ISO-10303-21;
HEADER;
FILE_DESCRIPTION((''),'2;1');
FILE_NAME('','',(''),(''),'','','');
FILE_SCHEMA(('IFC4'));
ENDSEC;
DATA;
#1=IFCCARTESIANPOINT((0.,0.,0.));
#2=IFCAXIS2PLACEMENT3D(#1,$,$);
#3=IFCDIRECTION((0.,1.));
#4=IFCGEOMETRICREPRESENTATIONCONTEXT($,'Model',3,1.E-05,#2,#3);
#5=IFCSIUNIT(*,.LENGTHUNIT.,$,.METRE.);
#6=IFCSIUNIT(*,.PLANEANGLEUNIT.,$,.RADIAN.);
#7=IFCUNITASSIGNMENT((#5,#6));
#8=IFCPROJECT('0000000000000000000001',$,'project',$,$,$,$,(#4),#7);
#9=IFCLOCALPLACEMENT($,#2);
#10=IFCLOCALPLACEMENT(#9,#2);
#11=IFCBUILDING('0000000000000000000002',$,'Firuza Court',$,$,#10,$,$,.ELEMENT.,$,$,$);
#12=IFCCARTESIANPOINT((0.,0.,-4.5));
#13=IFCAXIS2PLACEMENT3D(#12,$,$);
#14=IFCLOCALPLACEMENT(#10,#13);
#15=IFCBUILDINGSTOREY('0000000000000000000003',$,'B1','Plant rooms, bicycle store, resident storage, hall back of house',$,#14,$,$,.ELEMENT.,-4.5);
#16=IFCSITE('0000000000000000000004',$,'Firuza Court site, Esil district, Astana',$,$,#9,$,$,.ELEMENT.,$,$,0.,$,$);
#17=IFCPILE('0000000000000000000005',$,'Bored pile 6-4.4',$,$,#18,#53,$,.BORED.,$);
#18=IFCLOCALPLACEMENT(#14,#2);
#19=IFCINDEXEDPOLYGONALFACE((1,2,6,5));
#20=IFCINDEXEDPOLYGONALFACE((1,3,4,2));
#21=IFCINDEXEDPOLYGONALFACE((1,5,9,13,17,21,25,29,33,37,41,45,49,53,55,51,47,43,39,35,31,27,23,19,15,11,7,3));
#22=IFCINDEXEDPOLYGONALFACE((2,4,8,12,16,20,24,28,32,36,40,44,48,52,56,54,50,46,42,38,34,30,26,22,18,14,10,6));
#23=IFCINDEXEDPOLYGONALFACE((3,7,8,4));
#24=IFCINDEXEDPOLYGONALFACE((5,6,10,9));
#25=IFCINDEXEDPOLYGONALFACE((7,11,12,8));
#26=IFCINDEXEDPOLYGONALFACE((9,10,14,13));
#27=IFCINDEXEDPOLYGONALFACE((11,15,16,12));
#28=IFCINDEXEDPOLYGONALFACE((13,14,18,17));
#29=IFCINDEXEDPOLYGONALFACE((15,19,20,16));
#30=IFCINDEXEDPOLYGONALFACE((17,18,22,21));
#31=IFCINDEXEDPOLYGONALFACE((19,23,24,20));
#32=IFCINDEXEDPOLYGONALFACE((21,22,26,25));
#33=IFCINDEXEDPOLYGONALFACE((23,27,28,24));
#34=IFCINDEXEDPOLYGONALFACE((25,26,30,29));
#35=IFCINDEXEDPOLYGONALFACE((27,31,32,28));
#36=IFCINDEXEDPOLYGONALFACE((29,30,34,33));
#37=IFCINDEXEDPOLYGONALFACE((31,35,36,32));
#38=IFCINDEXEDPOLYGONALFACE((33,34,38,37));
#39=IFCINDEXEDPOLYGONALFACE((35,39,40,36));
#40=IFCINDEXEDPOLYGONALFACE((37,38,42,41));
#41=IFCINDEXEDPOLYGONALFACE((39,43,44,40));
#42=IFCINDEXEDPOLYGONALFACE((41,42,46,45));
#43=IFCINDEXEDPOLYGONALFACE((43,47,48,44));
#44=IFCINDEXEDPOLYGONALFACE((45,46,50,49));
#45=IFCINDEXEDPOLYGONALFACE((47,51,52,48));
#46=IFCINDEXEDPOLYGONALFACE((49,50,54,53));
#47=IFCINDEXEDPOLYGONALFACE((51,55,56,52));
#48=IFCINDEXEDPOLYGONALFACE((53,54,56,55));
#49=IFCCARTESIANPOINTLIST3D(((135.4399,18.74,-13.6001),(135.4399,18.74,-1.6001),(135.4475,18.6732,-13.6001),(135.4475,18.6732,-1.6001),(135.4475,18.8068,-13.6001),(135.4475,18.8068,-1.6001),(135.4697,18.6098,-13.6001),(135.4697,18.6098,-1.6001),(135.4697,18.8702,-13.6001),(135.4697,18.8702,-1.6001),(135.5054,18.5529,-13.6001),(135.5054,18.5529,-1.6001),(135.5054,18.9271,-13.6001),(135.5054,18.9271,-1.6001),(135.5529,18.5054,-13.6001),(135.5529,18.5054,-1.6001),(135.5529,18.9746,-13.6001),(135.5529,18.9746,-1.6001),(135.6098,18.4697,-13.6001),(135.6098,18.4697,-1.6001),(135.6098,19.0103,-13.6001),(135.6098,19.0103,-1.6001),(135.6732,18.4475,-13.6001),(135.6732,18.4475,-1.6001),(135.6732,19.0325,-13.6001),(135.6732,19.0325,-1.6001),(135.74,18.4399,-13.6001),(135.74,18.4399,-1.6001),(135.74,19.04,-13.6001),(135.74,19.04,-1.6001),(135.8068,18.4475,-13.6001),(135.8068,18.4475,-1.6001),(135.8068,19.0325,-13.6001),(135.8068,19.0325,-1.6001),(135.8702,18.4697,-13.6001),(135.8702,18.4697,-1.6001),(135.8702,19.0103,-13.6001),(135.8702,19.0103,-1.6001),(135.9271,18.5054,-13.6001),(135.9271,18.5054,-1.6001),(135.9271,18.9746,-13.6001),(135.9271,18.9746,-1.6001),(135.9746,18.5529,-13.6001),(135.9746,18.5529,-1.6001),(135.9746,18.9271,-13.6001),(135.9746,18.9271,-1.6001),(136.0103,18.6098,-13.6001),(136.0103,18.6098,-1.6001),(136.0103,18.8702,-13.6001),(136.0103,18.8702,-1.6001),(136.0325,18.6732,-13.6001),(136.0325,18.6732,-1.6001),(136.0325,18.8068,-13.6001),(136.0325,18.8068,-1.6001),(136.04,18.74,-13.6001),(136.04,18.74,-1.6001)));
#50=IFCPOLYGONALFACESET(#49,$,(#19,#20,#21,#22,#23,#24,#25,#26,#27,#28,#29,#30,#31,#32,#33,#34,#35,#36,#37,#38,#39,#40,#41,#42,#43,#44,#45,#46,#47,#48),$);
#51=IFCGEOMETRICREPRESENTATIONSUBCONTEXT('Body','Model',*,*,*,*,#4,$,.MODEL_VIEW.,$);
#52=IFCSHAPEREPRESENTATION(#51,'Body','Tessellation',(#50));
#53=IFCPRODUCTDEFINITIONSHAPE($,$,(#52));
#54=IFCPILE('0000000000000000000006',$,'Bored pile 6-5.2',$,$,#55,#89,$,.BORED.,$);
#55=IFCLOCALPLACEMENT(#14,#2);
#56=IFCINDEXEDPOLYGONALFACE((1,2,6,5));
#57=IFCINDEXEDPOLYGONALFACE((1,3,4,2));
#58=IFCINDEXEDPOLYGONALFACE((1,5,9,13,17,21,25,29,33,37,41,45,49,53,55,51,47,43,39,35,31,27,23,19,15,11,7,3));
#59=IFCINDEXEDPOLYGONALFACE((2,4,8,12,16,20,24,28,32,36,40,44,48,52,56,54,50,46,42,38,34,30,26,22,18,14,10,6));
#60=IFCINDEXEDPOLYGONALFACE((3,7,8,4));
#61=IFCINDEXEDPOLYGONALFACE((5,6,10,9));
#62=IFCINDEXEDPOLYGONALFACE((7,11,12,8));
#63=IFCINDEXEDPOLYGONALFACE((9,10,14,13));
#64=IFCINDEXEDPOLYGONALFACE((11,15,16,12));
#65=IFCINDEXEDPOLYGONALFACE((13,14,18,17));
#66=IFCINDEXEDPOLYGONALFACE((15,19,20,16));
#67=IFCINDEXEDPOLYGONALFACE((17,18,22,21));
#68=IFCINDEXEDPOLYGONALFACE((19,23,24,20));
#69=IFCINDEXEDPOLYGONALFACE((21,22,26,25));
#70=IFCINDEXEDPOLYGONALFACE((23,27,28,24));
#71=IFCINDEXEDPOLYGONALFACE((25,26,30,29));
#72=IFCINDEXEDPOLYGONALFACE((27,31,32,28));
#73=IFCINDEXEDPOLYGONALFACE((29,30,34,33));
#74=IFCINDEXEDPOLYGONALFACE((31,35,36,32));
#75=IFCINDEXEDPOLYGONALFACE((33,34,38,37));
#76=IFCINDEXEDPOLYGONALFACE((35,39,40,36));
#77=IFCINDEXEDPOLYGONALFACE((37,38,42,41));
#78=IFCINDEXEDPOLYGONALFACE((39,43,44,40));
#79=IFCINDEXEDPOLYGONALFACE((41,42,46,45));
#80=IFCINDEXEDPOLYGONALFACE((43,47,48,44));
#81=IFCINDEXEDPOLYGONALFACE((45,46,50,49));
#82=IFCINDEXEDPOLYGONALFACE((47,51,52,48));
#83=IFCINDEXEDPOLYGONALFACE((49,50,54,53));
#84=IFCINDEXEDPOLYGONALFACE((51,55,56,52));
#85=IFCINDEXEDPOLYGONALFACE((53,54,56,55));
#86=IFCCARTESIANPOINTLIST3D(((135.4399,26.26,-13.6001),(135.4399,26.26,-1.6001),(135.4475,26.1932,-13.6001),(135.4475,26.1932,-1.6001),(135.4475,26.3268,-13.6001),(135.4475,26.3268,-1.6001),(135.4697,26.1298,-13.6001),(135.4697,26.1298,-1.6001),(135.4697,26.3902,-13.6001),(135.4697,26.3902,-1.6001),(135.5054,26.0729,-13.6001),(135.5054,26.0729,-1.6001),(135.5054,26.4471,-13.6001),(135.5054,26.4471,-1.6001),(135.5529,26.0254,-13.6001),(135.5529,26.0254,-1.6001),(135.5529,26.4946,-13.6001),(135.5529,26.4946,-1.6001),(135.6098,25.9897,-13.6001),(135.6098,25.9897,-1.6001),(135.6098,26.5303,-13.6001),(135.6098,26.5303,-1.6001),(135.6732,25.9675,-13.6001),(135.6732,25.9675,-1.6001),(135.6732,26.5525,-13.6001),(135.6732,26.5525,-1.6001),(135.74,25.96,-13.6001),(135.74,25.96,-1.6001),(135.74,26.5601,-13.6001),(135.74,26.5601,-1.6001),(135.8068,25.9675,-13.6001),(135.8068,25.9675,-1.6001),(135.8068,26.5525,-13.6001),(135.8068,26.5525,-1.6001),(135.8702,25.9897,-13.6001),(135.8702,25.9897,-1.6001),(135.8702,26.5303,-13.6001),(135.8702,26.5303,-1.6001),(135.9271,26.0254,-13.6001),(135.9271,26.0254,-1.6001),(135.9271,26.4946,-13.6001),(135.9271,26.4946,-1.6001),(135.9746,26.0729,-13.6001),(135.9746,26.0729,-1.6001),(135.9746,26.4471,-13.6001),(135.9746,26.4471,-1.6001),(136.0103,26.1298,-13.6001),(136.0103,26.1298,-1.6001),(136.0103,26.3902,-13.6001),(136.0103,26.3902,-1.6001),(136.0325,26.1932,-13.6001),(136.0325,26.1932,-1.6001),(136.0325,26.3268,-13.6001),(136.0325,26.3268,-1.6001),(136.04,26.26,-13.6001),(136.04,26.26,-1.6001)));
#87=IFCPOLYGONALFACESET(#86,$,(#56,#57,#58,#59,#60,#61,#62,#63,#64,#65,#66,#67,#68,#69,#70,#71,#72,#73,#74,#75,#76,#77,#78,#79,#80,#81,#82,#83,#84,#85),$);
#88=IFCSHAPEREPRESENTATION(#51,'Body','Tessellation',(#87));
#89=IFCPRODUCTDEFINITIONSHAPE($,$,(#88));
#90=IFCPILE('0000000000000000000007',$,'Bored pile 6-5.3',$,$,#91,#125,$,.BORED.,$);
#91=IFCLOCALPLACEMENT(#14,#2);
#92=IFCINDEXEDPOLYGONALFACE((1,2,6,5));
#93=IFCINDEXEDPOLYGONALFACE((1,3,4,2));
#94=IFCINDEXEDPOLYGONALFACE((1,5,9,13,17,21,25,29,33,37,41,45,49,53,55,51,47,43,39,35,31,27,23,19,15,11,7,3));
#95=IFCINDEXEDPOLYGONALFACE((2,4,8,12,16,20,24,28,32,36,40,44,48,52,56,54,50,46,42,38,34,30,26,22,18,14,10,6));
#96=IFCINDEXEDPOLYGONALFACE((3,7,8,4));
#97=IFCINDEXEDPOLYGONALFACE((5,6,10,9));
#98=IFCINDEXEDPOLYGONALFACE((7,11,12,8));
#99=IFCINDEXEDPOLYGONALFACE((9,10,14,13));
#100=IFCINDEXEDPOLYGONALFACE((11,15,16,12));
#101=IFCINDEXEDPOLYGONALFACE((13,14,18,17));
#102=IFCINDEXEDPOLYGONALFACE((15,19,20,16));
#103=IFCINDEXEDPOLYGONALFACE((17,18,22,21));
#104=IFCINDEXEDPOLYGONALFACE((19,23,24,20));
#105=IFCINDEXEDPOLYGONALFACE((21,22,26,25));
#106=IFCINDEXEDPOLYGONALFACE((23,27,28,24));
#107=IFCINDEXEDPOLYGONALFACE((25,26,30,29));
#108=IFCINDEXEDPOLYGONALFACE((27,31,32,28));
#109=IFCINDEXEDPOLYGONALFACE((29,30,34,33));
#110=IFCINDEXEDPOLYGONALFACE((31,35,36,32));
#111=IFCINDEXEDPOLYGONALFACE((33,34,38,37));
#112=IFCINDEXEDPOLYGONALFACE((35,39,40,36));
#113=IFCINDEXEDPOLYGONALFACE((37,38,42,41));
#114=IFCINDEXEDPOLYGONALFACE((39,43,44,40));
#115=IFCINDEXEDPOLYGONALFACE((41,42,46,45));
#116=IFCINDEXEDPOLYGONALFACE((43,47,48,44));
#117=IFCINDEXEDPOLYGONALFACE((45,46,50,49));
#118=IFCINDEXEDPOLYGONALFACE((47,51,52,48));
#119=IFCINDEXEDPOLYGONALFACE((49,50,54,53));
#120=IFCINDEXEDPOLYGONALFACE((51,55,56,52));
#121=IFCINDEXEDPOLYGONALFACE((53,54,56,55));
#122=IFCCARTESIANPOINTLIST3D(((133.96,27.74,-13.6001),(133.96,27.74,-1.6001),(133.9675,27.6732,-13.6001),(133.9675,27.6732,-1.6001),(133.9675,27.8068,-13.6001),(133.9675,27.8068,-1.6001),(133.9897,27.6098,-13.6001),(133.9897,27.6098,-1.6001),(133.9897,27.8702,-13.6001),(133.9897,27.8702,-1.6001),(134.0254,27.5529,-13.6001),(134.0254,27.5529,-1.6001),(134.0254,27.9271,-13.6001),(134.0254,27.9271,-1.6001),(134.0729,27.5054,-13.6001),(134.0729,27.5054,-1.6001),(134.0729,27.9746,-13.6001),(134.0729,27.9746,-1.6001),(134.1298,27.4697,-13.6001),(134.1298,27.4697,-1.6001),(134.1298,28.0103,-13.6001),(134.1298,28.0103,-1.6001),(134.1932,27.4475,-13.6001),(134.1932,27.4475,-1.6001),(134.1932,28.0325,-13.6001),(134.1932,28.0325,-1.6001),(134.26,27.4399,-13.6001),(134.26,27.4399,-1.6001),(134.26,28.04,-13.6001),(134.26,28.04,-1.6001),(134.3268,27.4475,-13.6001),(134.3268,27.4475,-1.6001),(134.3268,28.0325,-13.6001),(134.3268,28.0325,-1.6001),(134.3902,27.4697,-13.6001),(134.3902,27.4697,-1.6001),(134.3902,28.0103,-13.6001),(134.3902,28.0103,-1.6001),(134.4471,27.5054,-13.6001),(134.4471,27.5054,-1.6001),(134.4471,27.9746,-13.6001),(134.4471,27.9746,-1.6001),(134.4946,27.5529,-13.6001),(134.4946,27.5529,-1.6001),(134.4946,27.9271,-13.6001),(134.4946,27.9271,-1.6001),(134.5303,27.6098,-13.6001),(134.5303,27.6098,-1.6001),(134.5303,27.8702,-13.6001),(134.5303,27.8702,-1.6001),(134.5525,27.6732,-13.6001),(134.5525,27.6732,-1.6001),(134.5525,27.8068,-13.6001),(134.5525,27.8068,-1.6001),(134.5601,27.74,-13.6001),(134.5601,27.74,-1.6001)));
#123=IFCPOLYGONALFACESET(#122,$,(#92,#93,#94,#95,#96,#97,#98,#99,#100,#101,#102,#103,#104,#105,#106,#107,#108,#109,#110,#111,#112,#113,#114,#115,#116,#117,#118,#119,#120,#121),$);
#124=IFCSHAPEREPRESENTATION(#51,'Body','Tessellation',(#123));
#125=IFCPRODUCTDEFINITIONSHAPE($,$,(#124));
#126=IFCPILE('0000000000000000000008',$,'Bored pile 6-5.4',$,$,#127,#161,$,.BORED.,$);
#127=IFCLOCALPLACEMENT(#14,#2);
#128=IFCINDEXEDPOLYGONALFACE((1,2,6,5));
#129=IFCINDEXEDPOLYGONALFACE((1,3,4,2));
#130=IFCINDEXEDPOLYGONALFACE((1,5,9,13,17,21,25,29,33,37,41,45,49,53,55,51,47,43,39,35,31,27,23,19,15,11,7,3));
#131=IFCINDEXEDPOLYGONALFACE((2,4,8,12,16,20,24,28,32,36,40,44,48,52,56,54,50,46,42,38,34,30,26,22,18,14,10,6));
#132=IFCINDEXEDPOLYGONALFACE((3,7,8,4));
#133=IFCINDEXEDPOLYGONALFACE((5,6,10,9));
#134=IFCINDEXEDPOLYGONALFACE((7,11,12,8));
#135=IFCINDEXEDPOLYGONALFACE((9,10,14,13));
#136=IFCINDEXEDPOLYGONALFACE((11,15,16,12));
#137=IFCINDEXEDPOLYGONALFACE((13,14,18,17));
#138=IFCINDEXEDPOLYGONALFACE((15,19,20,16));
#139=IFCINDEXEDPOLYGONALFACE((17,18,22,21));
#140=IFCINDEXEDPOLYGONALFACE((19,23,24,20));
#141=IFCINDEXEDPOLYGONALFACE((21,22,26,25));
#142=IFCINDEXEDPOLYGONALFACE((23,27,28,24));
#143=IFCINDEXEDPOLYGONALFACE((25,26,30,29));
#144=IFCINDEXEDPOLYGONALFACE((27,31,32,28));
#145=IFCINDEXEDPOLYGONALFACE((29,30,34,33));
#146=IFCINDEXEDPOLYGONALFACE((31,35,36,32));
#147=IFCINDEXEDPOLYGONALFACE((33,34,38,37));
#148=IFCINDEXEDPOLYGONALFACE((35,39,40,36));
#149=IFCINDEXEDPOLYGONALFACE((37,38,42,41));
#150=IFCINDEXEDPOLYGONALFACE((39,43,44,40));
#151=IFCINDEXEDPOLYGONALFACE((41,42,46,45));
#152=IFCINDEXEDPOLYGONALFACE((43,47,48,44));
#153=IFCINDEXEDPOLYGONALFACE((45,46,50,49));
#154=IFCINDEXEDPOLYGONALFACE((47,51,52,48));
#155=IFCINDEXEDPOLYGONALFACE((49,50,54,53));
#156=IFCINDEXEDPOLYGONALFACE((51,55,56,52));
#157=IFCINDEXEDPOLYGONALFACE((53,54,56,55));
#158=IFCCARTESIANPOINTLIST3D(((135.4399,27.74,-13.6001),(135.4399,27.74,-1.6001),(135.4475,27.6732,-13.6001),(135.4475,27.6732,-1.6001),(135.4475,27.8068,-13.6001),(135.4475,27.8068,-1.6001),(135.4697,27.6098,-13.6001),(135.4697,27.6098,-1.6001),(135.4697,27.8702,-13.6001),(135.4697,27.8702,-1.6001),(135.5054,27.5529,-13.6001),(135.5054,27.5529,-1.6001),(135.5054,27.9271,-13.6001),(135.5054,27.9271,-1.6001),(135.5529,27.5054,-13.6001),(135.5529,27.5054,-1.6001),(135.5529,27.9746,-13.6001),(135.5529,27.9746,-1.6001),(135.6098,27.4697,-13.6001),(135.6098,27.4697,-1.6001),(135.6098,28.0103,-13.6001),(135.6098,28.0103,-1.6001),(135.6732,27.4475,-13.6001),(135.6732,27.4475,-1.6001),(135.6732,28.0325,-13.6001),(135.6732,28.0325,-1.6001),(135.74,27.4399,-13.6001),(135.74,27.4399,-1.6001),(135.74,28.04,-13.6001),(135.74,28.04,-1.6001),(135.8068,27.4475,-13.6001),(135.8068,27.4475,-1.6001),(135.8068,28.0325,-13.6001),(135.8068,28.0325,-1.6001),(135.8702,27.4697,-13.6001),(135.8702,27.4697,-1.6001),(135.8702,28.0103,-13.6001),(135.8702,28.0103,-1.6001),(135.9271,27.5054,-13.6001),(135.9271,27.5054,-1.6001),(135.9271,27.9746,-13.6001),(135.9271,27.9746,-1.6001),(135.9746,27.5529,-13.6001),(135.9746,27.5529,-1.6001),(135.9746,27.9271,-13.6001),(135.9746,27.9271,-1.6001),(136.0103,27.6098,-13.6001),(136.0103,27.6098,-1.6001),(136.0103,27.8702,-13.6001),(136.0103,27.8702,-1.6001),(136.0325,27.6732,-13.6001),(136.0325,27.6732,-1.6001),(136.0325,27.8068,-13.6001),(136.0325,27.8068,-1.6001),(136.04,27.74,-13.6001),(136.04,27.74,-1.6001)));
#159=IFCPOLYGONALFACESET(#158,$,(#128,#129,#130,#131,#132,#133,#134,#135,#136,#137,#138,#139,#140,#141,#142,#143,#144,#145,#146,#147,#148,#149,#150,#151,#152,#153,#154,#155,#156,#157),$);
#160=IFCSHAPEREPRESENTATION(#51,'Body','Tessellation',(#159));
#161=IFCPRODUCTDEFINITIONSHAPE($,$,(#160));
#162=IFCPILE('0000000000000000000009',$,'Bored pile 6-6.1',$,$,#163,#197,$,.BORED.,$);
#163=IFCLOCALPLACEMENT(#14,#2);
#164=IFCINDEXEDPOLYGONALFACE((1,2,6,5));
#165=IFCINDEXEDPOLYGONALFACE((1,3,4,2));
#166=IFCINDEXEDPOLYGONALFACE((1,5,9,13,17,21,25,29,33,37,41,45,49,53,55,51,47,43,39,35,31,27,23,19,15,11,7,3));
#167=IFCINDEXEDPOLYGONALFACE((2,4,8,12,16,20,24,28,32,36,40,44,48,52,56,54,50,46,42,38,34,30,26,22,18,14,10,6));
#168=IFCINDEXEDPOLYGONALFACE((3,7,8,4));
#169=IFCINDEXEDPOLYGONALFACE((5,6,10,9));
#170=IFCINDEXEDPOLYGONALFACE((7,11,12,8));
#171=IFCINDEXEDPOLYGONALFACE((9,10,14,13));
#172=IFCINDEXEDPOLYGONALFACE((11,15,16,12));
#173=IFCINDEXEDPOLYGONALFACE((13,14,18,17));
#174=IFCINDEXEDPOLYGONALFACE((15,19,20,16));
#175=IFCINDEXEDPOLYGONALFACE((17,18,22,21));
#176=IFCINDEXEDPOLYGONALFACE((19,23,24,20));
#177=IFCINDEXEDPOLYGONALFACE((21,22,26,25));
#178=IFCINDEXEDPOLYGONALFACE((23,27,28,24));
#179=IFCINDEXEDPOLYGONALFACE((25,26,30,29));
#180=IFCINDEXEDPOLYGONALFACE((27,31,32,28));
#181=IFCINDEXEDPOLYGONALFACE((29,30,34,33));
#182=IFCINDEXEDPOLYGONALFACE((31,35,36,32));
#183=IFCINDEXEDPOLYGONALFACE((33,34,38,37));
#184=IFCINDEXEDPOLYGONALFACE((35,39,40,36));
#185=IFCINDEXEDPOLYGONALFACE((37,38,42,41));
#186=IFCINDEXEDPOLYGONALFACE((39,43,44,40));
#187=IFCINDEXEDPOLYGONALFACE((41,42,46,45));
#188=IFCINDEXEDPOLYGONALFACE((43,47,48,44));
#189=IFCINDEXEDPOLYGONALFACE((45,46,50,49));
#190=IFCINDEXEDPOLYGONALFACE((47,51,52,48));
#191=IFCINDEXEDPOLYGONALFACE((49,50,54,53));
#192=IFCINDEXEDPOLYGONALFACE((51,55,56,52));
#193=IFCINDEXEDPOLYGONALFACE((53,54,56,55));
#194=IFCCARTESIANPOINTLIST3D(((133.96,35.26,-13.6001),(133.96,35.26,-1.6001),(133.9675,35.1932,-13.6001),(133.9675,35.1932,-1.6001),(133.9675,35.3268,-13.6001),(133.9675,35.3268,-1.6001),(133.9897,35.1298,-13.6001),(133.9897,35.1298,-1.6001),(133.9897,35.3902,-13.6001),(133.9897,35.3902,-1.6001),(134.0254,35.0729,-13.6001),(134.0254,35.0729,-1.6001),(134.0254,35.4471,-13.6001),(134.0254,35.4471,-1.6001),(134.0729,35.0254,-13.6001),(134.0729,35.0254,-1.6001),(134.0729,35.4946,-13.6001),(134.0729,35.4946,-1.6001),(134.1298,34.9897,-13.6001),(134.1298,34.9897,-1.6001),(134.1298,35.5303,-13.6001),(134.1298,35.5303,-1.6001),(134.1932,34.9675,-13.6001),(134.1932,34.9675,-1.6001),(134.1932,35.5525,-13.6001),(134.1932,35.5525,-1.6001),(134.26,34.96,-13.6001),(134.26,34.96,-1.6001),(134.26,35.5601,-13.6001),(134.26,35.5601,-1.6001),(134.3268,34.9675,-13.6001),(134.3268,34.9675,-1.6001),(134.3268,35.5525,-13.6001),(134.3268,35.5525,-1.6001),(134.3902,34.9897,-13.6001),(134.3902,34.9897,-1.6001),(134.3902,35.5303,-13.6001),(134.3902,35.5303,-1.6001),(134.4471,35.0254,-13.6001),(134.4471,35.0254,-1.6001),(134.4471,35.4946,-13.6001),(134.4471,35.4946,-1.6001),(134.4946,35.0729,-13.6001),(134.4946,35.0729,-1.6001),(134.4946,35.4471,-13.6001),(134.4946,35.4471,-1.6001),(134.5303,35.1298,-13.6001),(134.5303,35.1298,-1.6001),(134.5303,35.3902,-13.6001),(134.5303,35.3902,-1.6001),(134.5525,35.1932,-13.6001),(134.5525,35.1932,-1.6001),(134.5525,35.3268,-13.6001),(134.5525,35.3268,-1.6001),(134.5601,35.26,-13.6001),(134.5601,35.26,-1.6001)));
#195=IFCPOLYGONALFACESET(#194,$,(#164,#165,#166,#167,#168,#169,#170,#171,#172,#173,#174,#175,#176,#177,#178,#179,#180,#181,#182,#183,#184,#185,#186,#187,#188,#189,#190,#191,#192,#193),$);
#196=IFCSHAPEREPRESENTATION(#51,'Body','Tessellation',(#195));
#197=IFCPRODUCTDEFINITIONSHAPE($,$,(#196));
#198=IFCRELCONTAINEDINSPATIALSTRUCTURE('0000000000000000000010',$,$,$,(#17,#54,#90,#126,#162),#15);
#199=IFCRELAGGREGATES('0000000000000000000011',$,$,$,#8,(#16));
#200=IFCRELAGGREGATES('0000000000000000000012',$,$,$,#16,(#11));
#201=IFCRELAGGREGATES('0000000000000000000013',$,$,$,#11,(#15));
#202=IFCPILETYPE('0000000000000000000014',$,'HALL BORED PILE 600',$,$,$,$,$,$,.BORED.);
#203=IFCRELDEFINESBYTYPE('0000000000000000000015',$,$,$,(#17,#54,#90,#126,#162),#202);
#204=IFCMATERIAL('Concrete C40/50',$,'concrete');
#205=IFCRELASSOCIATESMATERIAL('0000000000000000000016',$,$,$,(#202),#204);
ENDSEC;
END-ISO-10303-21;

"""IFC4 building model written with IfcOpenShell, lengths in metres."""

from ifc_helpers import new_model, si_unit, direction, frame, origin, origin_2d, place, context, subcontext, project, spatial, circle, extrude, material, material_profile, profile_set, type_object, element, save


model = new_model("IFC4")

# Units and contexts
model_context = context("Model", 3, precision=1e-05, world=origin(), true_north=direction((0.0, 1.0)))
body_context = subcontext(model_context, "Body", "Model", "MODEL_VIEW")
ifc_project = project(units=[si_unit("LENGTHUNIT", "METRE"), si_unit("PLANEANGLEUNIT", "RADIAN")], contexts=[model_context])

# Site, building, storey
site_placement = place(None, origin())
site = spatial("IfcSite", under=ifc_project, at=site_placement, Name="Firuza Court site, Esil district, Astana", CompositionType="ELEMENT", RefElevation=0.0)
building_placement = place(site_placement, origin())
building = spatial("IfcBuilding", under=site, at=building_placement, Name="Firuza Court", CompositionType="ELEMENT")
storey_placement = place(building_placement, frame((0.0, 0.0, -4.5)))
storey = spatial("IfcBuildingStorey", under=building, at=storey_placement, Name="B1", Description="Plant rooms, bicycle store, resident storage, hall back of house", CompositionType="ELEMENT", Elevation=-4.5)

# Piles
ifc_material_1 = material(Name="Concrete C40/50", Category="concrete")
ifc_material_profile_1 = material_profile(ifc_material_1, circle(Radius=0.3, at=origin_2d()), Name="PILE 600")
ifc_profile_set_1 = profile_set([ifc_material_profile_1], Name="Concrete C40/50")
pile_type = type_object("IfcPileType", Name="HALL BORED PILE 600", PredefinedType="BORED", material=ifc_profile_set_1)
for number, where, z_axis, x_axis, name in (
    (1, (135.74, 18.74, -1.6001), (0.0, 0.0, -1.0), (1.0, 0.0, 0.0), "Bored pile 6-4.4"),
    (2, (135.74, 26.26, -1.6001), (0.0, 0.0, -1.0), (1.0, 0.0, 0.0), "Bored pile 6-5.2"),
    (3, (134.26, 27.74, -1.6001), (0.0, 0.0, -1.0), (1.0, 0.0, 0.0), "Bored pile 6-5.3"),
    (4, (135.74, 27.74, -1.6001), (0.0, 0.0, -1.0), (1.0, 0.0, 0.0), "Bored pile 6-5.4"),
    (5, (134.26, 35.26, -1.6001), (0.0, 0.0, -1.0), (1.0, 0.0, 0.0), "Bored pile 6-6.1"),
):
    element("IfcPile", number, at=place(storey_placement, frame(where, z_axis=z_axis, x_axis=x_axis)), inside=storey, type_object=pile_type, Name=name, PredefinedType="BORED", context=body_context, shape_type="SweptSolid", body=[
        extrude(circle(Radius=0.3, at=origin_2d()), origin(), (0.0, 0.0, 1.0), 12.0),
    ])

save(model, "model.ifc")
